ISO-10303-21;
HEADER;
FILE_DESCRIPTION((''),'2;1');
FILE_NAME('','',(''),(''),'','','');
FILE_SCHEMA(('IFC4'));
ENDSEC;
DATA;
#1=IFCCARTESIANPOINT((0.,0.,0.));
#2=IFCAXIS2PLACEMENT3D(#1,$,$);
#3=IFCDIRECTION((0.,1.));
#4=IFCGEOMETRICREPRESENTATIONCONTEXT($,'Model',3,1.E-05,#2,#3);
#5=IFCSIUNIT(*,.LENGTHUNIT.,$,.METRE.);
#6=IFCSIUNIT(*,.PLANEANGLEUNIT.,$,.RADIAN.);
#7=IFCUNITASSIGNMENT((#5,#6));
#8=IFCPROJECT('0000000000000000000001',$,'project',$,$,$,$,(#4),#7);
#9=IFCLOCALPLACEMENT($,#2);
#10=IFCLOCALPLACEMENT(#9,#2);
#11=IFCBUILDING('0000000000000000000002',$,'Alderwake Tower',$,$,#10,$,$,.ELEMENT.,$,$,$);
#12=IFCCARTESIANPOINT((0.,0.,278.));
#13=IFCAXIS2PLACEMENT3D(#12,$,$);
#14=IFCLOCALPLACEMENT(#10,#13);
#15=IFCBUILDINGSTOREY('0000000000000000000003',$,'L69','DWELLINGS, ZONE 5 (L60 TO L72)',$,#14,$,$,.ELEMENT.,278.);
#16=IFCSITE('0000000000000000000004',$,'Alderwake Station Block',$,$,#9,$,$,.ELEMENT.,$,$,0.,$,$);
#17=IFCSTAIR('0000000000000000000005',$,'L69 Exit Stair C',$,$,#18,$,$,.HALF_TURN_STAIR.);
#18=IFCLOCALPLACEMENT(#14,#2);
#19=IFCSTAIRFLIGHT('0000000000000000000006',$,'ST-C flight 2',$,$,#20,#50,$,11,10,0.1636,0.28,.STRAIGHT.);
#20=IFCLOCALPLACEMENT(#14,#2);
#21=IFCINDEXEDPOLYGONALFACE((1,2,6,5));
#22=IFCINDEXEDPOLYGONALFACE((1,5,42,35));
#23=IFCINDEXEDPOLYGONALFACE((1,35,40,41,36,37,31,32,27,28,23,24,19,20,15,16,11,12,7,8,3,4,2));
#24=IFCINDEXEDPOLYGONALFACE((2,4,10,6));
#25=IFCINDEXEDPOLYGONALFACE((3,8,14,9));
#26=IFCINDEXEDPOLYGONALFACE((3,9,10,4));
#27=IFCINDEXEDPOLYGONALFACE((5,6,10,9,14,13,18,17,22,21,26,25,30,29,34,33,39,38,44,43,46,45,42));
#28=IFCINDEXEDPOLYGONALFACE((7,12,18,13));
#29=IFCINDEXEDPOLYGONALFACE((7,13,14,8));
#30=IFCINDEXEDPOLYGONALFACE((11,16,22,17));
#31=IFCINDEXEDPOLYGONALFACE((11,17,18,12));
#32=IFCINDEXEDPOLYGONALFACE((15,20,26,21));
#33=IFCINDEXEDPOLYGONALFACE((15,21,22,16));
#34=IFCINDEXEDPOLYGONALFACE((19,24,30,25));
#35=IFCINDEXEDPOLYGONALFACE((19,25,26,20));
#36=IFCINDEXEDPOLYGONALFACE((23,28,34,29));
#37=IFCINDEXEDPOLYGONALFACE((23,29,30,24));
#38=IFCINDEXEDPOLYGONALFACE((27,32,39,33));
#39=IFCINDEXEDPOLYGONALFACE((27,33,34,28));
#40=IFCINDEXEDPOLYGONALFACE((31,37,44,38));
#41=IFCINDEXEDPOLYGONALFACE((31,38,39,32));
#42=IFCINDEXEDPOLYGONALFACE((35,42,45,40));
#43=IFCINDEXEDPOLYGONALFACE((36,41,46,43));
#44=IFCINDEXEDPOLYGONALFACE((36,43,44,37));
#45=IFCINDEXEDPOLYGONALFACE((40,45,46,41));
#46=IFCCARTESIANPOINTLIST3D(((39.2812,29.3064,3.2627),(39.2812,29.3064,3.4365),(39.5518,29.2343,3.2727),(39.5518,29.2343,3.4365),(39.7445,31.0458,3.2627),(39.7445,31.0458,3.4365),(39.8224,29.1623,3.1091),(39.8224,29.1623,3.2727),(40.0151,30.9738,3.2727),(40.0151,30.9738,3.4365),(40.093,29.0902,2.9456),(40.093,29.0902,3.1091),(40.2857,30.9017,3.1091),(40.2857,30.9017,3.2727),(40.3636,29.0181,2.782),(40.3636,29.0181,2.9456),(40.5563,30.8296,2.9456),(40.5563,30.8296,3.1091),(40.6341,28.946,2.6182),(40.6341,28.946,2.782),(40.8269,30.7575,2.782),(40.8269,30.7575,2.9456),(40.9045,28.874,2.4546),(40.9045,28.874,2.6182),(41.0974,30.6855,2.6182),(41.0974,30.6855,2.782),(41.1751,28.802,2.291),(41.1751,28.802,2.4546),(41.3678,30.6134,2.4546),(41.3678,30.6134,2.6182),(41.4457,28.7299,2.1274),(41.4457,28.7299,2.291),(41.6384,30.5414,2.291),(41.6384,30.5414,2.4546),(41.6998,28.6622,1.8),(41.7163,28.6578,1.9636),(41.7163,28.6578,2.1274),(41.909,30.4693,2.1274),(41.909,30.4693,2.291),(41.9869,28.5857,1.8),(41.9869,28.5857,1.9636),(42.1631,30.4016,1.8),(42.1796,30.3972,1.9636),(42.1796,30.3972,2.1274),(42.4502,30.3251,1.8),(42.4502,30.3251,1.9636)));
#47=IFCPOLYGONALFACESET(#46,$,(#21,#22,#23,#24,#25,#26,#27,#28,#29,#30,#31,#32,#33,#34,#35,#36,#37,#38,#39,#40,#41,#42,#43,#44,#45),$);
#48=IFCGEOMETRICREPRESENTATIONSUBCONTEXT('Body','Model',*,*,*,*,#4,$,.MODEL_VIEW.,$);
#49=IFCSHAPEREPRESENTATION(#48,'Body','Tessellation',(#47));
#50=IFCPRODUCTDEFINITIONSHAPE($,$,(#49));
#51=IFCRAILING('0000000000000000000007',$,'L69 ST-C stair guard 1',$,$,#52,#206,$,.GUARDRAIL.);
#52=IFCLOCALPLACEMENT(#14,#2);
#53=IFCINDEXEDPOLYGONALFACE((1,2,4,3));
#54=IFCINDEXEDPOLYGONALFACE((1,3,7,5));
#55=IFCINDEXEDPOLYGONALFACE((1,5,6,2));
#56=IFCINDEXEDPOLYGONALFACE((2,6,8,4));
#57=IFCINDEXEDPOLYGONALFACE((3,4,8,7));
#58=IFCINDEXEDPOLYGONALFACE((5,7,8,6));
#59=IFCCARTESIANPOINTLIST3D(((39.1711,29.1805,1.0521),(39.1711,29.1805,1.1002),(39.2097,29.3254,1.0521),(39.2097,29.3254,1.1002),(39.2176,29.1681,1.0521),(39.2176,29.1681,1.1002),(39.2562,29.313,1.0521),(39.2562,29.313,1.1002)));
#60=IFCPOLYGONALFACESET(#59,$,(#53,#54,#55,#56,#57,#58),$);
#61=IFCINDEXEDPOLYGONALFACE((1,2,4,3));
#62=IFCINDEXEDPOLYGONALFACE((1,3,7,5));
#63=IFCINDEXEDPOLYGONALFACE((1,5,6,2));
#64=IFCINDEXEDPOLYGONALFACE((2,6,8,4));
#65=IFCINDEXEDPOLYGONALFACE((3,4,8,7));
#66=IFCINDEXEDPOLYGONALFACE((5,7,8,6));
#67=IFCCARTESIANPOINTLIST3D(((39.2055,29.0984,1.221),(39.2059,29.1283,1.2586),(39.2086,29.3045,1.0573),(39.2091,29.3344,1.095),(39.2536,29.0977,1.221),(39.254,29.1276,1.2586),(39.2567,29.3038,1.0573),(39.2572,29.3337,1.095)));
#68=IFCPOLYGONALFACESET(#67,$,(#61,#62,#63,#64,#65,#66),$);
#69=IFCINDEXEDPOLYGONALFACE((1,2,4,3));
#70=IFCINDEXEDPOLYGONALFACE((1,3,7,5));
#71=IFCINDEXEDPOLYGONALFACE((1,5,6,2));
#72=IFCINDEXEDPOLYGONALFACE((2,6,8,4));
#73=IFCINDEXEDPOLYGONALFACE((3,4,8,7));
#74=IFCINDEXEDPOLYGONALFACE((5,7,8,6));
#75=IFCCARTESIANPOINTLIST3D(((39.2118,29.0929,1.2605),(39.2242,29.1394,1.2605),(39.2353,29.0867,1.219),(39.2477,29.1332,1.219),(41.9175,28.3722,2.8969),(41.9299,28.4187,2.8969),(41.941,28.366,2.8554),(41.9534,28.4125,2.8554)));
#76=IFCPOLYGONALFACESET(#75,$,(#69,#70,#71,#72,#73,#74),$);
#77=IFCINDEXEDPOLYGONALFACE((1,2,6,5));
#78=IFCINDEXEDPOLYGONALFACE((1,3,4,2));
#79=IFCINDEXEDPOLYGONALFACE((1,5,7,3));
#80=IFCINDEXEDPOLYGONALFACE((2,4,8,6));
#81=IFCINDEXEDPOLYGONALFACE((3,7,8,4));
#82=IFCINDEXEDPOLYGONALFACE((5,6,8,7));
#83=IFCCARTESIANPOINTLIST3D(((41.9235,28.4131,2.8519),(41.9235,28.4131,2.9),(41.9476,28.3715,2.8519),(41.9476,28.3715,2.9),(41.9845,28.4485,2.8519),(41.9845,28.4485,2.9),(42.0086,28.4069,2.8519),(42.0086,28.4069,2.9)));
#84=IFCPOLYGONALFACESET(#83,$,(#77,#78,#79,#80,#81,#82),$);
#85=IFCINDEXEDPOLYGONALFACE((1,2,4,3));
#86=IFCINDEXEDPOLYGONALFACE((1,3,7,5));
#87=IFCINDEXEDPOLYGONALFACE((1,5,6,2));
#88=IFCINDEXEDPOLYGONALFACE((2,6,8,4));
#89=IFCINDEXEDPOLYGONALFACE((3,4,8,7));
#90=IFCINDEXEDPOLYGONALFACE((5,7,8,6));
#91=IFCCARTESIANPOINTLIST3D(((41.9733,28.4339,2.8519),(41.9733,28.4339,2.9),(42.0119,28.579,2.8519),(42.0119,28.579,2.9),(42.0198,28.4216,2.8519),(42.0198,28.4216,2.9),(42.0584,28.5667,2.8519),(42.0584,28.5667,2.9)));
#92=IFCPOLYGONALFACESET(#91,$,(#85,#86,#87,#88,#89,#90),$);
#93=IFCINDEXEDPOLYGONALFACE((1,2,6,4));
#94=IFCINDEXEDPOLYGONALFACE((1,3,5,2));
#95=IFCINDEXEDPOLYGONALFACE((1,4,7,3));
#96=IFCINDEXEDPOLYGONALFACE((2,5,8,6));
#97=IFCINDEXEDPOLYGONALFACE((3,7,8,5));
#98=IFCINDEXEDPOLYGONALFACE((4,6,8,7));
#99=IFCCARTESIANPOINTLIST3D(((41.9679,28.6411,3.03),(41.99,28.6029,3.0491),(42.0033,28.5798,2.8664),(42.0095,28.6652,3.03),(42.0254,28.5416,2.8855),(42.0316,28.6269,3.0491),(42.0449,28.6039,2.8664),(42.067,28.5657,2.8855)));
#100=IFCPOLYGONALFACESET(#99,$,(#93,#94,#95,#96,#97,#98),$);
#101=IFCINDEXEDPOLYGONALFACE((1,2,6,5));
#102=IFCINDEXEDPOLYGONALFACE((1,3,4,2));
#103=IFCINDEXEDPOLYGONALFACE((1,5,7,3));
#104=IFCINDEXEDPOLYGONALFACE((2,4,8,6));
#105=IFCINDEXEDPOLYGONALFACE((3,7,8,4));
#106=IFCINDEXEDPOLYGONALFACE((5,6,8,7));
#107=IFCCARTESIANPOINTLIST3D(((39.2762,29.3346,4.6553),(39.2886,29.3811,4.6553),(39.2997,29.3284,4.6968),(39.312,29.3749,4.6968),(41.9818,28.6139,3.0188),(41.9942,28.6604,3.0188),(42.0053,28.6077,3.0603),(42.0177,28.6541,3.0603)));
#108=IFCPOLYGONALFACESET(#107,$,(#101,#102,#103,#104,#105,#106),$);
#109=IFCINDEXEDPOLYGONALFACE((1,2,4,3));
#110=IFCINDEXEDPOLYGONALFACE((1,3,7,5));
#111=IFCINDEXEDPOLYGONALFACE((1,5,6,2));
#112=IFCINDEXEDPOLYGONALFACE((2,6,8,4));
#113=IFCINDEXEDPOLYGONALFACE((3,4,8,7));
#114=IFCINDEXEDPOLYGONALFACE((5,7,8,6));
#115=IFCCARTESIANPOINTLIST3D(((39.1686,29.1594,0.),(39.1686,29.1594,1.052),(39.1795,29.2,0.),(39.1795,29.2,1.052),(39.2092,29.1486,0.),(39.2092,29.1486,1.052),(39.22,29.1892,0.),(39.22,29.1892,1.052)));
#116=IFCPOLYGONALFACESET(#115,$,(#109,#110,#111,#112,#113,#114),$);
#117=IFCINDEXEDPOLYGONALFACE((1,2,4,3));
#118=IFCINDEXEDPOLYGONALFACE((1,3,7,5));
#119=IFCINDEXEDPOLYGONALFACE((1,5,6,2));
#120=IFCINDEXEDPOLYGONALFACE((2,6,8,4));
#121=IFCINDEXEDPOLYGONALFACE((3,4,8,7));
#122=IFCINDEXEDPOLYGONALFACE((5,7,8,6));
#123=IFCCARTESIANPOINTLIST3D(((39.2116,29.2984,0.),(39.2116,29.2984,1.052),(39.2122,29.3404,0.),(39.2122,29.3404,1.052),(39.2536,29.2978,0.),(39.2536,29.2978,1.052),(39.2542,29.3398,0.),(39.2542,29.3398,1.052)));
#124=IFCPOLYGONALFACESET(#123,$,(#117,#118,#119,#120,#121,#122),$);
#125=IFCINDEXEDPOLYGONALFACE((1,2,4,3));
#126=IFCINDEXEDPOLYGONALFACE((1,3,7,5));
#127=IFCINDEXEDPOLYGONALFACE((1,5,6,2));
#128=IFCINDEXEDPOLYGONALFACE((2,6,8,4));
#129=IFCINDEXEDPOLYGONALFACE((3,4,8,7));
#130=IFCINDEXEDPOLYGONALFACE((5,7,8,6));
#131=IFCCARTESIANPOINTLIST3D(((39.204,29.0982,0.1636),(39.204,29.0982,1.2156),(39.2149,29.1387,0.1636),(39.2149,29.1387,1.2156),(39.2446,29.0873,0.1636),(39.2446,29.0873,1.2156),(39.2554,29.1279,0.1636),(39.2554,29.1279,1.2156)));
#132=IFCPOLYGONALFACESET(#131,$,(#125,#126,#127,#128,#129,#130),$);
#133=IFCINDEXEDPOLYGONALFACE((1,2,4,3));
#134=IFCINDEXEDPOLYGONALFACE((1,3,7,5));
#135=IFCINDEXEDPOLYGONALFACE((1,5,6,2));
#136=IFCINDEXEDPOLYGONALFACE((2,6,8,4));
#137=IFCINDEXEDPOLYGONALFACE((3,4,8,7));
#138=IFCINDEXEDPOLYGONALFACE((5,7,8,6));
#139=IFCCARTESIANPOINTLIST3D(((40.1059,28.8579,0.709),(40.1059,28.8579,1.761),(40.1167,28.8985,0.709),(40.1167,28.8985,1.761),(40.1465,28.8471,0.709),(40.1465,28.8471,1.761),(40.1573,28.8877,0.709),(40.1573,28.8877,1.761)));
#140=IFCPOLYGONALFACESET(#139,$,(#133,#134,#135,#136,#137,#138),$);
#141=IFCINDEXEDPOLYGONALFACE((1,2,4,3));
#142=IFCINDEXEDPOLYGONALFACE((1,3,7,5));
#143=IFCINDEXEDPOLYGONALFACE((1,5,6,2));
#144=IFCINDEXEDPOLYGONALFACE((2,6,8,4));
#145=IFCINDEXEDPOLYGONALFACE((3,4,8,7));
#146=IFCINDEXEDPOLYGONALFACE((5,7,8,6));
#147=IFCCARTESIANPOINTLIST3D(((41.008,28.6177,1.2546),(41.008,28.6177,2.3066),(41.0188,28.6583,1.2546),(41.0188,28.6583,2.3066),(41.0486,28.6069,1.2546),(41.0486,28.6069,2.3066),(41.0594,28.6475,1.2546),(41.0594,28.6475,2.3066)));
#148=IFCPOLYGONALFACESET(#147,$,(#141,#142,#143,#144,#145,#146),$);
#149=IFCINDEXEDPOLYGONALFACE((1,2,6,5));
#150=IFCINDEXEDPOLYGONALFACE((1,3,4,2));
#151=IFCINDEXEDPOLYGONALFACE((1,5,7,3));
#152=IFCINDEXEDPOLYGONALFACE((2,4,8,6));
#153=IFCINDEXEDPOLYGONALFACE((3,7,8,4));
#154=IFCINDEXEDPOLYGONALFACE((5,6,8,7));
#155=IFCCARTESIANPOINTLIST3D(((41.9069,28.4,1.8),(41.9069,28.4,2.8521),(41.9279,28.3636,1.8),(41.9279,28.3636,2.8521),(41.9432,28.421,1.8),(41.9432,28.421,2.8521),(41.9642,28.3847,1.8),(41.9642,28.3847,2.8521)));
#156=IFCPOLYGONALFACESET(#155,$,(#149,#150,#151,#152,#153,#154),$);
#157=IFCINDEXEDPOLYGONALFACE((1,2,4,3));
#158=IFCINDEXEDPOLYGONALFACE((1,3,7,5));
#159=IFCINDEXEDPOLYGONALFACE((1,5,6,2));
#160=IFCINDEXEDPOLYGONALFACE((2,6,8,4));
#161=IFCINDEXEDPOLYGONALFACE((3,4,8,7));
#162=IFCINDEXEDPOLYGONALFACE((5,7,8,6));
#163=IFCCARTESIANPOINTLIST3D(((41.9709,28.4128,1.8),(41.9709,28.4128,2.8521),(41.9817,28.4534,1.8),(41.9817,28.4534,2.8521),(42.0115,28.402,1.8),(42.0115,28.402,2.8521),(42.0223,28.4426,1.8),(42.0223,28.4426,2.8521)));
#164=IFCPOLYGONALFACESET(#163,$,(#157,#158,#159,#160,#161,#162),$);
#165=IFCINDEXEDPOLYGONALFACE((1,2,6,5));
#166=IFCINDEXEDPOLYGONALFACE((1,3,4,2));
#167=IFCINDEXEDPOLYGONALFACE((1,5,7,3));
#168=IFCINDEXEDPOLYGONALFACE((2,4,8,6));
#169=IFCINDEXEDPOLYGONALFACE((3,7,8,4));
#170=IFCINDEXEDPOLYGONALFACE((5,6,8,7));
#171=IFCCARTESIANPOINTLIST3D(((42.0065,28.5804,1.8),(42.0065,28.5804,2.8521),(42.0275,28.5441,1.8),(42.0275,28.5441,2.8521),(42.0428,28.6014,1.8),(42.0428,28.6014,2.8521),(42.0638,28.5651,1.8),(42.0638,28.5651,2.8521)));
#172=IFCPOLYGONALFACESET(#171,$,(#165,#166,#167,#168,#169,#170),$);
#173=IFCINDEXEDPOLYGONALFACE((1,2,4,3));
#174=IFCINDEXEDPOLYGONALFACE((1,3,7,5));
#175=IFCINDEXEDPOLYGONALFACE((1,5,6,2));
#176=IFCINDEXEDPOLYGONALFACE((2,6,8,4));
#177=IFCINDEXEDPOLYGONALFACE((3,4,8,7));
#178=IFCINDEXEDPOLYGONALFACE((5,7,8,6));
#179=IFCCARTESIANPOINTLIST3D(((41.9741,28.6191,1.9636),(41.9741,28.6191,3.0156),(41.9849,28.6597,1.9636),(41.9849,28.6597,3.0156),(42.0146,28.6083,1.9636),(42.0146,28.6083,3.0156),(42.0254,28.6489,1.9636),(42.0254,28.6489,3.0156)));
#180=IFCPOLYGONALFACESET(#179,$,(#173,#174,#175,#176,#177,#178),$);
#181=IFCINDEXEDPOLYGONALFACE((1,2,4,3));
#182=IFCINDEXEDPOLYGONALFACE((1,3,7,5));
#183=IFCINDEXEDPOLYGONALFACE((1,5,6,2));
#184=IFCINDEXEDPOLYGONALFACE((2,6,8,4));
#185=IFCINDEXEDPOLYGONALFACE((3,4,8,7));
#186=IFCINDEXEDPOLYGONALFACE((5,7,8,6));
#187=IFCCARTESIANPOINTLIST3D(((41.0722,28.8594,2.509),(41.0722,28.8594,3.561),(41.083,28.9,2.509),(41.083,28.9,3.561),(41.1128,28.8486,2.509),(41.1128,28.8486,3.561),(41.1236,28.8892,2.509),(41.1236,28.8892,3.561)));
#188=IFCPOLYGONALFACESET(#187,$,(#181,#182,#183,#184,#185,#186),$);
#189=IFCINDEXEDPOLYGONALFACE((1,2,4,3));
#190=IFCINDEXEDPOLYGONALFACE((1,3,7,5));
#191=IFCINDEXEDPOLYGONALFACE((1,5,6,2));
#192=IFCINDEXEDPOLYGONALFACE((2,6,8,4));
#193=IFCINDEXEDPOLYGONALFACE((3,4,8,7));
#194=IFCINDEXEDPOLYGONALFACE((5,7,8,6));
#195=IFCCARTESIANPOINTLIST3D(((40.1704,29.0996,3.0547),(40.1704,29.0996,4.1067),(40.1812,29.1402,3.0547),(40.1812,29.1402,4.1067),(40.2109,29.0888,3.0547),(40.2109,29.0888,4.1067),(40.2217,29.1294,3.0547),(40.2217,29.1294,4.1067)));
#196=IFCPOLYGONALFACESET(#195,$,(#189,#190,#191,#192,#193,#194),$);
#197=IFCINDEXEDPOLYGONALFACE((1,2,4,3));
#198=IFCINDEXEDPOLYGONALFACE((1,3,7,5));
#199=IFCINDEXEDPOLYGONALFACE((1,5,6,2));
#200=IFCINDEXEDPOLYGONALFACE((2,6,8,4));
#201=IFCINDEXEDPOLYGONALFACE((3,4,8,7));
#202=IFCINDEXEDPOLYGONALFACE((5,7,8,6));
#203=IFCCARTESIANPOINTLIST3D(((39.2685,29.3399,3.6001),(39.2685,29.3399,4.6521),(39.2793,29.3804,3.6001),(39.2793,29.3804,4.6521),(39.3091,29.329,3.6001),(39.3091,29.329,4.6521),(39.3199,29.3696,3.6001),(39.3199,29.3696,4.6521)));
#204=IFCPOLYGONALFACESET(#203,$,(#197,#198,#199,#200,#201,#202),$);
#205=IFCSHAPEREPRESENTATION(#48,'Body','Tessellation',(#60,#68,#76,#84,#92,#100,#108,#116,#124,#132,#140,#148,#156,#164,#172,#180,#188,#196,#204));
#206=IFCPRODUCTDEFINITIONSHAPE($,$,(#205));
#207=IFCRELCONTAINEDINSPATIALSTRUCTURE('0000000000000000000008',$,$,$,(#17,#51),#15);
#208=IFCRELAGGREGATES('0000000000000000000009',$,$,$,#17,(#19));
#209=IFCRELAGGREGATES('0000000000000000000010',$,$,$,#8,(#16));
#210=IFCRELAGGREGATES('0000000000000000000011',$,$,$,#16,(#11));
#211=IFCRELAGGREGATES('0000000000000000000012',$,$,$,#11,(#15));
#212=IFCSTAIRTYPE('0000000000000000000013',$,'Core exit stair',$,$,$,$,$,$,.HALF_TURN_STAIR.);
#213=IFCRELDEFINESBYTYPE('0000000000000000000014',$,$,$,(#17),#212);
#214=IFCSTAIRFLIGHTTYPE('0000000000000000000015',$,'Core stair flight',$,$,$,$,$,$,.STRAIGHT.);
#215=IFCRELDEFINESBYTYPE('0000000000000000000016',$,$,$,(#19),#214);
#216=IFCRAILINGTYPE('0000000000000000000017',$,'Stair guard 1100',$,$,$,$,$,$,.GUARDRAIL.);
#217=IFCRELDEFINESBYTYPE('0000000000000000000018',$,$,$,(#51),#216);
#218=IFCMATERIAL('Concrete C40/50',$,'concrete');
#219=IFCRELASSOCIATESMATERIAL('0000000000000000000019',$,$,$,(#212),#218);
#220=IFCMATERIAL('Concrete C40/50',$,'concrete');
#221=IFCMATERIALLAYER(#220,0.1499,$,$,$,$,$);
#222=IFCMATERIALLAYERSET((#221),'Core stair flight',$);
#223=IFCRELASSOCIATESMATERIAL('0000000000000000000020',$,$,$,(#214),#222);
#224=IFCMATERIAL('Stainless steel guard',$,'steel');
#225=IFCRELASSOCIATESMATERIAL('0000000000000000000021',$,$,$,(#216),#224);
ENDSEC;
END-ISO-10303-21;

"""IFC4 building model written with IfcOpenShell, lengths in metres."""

from ifc_helpers import new_model, si_unit, direction, frame, origin, origin_2d, place, context, subcontext, project, spatial, polyline, rectangle, outline, extrude, material, layer, layer_set, type_object, element, aggregate, save


model = new_model("IFC4")

# Units and contexts
model_context = context("Model", 3, precision=1e-05, world=origin(), true_north=direction((0.0, 1.0)))
body_context = subcontext(model_context, "Body", "Model", "MODEL_VIEW")
ifc_project = project(units=[si_unit("LENGTHUNIT", "METRE"), si_unit("PLANEANGLEUNIT", "RADIAN")], contexts=[model_context])

# Site, building, storey
site_placement = place(None, origin())
site = spatial("IfcSite", under=ifc_project, at=site_placement, Name="Alderwake Station Block", CompositionType="ELEMENT", RefElevation=0.0)
building_placement = place(site_placement, origin())
building = spatial("IfcBuilding", under=site, at=building_placement, Name="Alderwake Tower", CompositionType="ELEMENT")
storey_placement = place(building_placement, frame((0.0, 0.0, 278.0)))
storey = spatial("IfcBuildingStorey", under=building, at=storey_placement, Name="L69", Description="DWELLINGS, ZONE 5 (L60 TO L72)", CompositionType="ELEMENT", Elevation=278.0)

# Stair, stair flight
ifc_material_1 = material(Name="Concrete C40/50", Category="concrete")
stair_type = type_object("IfcStairType", Name="Core exit stair", PredefinedType="HALF_TURN_STAIR", material=ifc_material_1)
stair_placement = place(storey_placement, origin())
stair = element("IfcStair", 1, at=stair_placement, inside=storey, type_object=stair_type, Name="L69 Exit Stair C", PredefinedType="HALF_TURN_STAIR")
ifc_material_2 = material(Name="Concrete C40/50", Category="concrete")
ifc_layer_1 = layer(ifc_material_2, 0.1499)
ifc_layer_set_1 = layer_set([ifc_layer_1], Name="Core stair flight")
stair_flight_type = type_object("IfcStairFlightType", Name="Core stair flight", PredefinedType="STRAIGHT", material=ifc_layer_set_1)
stair_flight_1_placement = place(storey_placement, frame((42.2185, 29.4553, 1.8), z_axis=(0.0, 0.0, 1.0), x_axis=(-0.96631, 0.257382, 0.0)))
stair_flight_1 = element("IfcStairFlight", 2, at=stair_flight_1_placement, type_object=stair_flight_type, Name="ST-C flight 2", NumberOfRisers=11, NumberOfTreads=10, PredefinedType="STRAIGHT", RiserHeight=0.1636, TreadLength=0.28, context=body_context, shape_type="SweptSolid", body=[
    extrude(outline(polyline([(0.0, 0.0), (0.0, 0.1636), (0.28, 0.1636), (0.28, 0.3274), (0.5601, 0.3274), (0.5601, 0.491), (0.8401, 0.491), (0.8401, 0.6545), (1.1201, 0.6545), (1.1201, 0.8181), (1.3999, 0.8181), (1.3999, 0.9819), (1.6799, 0.9819), (1.6799, 1.1455), (1.96, 1.1455), (1.96, 1.3091), (2.24, 1.3091), (2.24, 1.4727), (2.52, 1.4727), (2.52, 1.6365), (2.8, 1.6365), (2.8, 1.8), (2.8, 1.4626), (0.2971, 0.0), (0.0, 0.0)])), frame((0.0, 0.8999, 0.0), z_axis=(0.0, -1.0, 0.0), x_axis=(1.0, 0.0, 0.0)), (0.0, 0.0, 1.0), 1.8),
])
aggregate(stair, [stair_flight_1])

# Railing
ifc_material_3 = material(Name="Stainless steel guard", Category="steel")
railing_type_1 = type_object("IfcRailingType", Name="Stair guard 1100", PredefinedType="GUARDRAIL", material=ifc_material_3)
railing_1_placement = place(storey_placement, frame((39.1943, 29.1743, 0.0)))
element("IfcRailing", 3, at=railing_1_placement, inside=storey, type_object=railing_type_1, Name="L69 ST-C stair guard 1", PredefinedType="GUARDRAIL", context=body_context, shape_type="SweptSolid", body=[
    extrude(rectangle(XDim=0.0481, YDim=0.0481, at=origin_2d()), frame((0.0, 0.0, 1.0762), z_axis=(0.25746, 0.966289, 0.0), x_axis=(-0.966289, 0.25746, 0.0)), (0.0, 0.0, 1.0), 0.1499),
    extrude(rectangle(XDim=0.0481, YDim=0.0481, at=origin_2d()), frame((0.0386, 0.1448, 1.0762), z_axis=(-0.012063, -0.78316, 0.621703), x_axis=(0.999881, -0.015401, 0.0)), (0.0, 0.0, 1.0), 0.2632),
    extrude(rectangle(XDim=0.0481, YDim=0.0481, at=origin_2d()), frame((0.0354, -0.0613, 1.2397), z_axis=(0.834282, -0.222214, 0.504574), x_axis=(0.25738, 0.96631, 0.0)), (0.0, 0.0, 1.0), 3.2432),
    extrude(rectangle(XDim=0.0481, YDim=0.0481, at=origin_2d()), frame((2.7412, -0.782, 2.876), z_axis=(0.865031, 0.501718, 0.0), x_axis=(-0.501718, 0.865031, 0.0)), (0.0, 0.0, 1.0), 0.0706),
    extrude(rectangle(XDim=0.0481, YDim=0.0481, at=origin_2d()), frame((2.8022, -0.7466, 2.876), z_axis=(0.257055, 0.966397, 0.0), x_axis=(-0.966397, 0.257055, 0.0)), (0.0, 0.0, 1.0), 0.1501),
    extrude(rectangle(XDim=0.0481, YDim=0.0481, at=origin_2d()), frame((2.8408, -0.6016, 2.876), z_axis=(-0.198625, 0.343827, 0.917786), x_axis=(-0.865898, -0.50022, 0.0)), (0.0, 0.0, 1.0), 0.1782),
    extrude(rectangle(XDim=0.0481, YDim=0.0481, at=origin_2d()), frame((2.8054, -0.5403, 3.0396), z_axis=(-0.834259, 0.222228, 0.504605), x_axis=(-0.257402, -0.966304, 0.0)), (0.0, 0.0, 1.0), 3.2432),
    extrude(rectangle(XDim=0.042, YDim=0.042, at=origin_2d()), frame((0.0, 0.0, 0.0), z_axis=(0.0, 0.0, 1.0), x_axis=(0.25746, 0.966289, 0.0)), (0.0, 0.0, 1.0), 1.052),
    extrude(rectangle(XDim=0.042, YDim=0.042, at=origin_2d()), frame((0.0386, 0.1448, 0.0), z_axis=(0.0, 0.0, 1.0), x_axis=(-0.015401, -0.999881, 0.0)), (0.0, 0.0, 1.0), 1.052),
    extrude(rectangle(XDim=0.042, YDim=0.042, at=origin_2d()), frame((0.0354, -0.0613, 0.1636), z_axis=(0.0, 0.0, 1.0), x_axis=(0.96631, -0.25738, 0.0)), (0.0, 0.0, 1.0), 1.052),
    extrude(rectangle(XDim=0.042, YDim=0.042, at=origin_2d()), frame((0.9373, -0.3015, 0.709), z_axis=(0.0, 0.0, 1.0), x_axis=(0.96631, -0.25738, 0.0)), (0.0, 0.0, 1.0), 1.052),
    extrude(rectangle(XDim=0.042, YDim=0.042, at=origin_2d()), frame((1.8394, -0.5417, 1.2546), z_axis=(0.0, 0.0, 1.0), x_axis=(0.96631, -0.25738, 0.0)), (0.0, 0.0, 1.0), 1.052),
    extrude(rectangle(XDim=0.042, YDim=0.042, at=origin_2d()), frame((2.7412, -0.782, 1.8), z_axis=(0.0, 0.0, 1.0), x_axis=(0.865031, 0.501718, 0.0)), (0.0, 0.0, 1.0), 1.052),
    extrude(rectangle(XDim=0.042, YDim=0.042, at=origin_2d()), frame((2.8022, -0.7466, 1.8), z_axis=(0.0, 0.0, 1.0), x_axis=(0.257055, 0.966397, 0.0)), (0.0, 0.0, 1.0), 1.052),
    extrude(rectangle(XDim=0.042, YDim=0.042, at=origin_2d()), frame((2.8408, -0.6016, 1.8), z_axis=(0.0, 0.0, 1.0), x_axis=(-0.50022, 0.865898, 0.0)), (0.0, 0.0, 1.0), 1.052),
    extrude(rectangle(XDim=0.042, YDim=0.042, at=origin_2d()), frame((2.8054, -0.5403, 1.9636), z_axis=(0.0, 0.0, 1.0), x_axis=(-0.966304, 0.257402, 0.0)), (0.0, 0.0, 1.0), 1.052),
    extrude(rectangle(XDim=0.042, YDim=0.042, at=origin_2d()), frame((1.9036, -0.3, 2.509), z_axis=(0.0, 0.0, 1.0), x_axis=(-0.966304, 0.257402, 0.0)), (0.0, 0.0, 1.0), 1.052),
    extrude(rectangle(XDim=0.042, YDim=0.042, at=origin_2d()), frame((1.0017, -0.0598, 3.0547), z_axis=(0.0, 0.0, 1.0), x_axis=(-0.966304, 0.257402, 0.0)), (0.0, 0.0, 1.0), 1.052),
    extrude(rectangle(XDim=0.042, YDim=0.042, at=origin_2d()), frame((0.0999, 0.1804, 3.6001), z_axis=(0.0, 0.0, 1.0), x_axis=(-0.966304, 0.257402, 0.0)), (0.0, 0.0, 1.0), 1.052),
])

save(model, "model.ifc")
